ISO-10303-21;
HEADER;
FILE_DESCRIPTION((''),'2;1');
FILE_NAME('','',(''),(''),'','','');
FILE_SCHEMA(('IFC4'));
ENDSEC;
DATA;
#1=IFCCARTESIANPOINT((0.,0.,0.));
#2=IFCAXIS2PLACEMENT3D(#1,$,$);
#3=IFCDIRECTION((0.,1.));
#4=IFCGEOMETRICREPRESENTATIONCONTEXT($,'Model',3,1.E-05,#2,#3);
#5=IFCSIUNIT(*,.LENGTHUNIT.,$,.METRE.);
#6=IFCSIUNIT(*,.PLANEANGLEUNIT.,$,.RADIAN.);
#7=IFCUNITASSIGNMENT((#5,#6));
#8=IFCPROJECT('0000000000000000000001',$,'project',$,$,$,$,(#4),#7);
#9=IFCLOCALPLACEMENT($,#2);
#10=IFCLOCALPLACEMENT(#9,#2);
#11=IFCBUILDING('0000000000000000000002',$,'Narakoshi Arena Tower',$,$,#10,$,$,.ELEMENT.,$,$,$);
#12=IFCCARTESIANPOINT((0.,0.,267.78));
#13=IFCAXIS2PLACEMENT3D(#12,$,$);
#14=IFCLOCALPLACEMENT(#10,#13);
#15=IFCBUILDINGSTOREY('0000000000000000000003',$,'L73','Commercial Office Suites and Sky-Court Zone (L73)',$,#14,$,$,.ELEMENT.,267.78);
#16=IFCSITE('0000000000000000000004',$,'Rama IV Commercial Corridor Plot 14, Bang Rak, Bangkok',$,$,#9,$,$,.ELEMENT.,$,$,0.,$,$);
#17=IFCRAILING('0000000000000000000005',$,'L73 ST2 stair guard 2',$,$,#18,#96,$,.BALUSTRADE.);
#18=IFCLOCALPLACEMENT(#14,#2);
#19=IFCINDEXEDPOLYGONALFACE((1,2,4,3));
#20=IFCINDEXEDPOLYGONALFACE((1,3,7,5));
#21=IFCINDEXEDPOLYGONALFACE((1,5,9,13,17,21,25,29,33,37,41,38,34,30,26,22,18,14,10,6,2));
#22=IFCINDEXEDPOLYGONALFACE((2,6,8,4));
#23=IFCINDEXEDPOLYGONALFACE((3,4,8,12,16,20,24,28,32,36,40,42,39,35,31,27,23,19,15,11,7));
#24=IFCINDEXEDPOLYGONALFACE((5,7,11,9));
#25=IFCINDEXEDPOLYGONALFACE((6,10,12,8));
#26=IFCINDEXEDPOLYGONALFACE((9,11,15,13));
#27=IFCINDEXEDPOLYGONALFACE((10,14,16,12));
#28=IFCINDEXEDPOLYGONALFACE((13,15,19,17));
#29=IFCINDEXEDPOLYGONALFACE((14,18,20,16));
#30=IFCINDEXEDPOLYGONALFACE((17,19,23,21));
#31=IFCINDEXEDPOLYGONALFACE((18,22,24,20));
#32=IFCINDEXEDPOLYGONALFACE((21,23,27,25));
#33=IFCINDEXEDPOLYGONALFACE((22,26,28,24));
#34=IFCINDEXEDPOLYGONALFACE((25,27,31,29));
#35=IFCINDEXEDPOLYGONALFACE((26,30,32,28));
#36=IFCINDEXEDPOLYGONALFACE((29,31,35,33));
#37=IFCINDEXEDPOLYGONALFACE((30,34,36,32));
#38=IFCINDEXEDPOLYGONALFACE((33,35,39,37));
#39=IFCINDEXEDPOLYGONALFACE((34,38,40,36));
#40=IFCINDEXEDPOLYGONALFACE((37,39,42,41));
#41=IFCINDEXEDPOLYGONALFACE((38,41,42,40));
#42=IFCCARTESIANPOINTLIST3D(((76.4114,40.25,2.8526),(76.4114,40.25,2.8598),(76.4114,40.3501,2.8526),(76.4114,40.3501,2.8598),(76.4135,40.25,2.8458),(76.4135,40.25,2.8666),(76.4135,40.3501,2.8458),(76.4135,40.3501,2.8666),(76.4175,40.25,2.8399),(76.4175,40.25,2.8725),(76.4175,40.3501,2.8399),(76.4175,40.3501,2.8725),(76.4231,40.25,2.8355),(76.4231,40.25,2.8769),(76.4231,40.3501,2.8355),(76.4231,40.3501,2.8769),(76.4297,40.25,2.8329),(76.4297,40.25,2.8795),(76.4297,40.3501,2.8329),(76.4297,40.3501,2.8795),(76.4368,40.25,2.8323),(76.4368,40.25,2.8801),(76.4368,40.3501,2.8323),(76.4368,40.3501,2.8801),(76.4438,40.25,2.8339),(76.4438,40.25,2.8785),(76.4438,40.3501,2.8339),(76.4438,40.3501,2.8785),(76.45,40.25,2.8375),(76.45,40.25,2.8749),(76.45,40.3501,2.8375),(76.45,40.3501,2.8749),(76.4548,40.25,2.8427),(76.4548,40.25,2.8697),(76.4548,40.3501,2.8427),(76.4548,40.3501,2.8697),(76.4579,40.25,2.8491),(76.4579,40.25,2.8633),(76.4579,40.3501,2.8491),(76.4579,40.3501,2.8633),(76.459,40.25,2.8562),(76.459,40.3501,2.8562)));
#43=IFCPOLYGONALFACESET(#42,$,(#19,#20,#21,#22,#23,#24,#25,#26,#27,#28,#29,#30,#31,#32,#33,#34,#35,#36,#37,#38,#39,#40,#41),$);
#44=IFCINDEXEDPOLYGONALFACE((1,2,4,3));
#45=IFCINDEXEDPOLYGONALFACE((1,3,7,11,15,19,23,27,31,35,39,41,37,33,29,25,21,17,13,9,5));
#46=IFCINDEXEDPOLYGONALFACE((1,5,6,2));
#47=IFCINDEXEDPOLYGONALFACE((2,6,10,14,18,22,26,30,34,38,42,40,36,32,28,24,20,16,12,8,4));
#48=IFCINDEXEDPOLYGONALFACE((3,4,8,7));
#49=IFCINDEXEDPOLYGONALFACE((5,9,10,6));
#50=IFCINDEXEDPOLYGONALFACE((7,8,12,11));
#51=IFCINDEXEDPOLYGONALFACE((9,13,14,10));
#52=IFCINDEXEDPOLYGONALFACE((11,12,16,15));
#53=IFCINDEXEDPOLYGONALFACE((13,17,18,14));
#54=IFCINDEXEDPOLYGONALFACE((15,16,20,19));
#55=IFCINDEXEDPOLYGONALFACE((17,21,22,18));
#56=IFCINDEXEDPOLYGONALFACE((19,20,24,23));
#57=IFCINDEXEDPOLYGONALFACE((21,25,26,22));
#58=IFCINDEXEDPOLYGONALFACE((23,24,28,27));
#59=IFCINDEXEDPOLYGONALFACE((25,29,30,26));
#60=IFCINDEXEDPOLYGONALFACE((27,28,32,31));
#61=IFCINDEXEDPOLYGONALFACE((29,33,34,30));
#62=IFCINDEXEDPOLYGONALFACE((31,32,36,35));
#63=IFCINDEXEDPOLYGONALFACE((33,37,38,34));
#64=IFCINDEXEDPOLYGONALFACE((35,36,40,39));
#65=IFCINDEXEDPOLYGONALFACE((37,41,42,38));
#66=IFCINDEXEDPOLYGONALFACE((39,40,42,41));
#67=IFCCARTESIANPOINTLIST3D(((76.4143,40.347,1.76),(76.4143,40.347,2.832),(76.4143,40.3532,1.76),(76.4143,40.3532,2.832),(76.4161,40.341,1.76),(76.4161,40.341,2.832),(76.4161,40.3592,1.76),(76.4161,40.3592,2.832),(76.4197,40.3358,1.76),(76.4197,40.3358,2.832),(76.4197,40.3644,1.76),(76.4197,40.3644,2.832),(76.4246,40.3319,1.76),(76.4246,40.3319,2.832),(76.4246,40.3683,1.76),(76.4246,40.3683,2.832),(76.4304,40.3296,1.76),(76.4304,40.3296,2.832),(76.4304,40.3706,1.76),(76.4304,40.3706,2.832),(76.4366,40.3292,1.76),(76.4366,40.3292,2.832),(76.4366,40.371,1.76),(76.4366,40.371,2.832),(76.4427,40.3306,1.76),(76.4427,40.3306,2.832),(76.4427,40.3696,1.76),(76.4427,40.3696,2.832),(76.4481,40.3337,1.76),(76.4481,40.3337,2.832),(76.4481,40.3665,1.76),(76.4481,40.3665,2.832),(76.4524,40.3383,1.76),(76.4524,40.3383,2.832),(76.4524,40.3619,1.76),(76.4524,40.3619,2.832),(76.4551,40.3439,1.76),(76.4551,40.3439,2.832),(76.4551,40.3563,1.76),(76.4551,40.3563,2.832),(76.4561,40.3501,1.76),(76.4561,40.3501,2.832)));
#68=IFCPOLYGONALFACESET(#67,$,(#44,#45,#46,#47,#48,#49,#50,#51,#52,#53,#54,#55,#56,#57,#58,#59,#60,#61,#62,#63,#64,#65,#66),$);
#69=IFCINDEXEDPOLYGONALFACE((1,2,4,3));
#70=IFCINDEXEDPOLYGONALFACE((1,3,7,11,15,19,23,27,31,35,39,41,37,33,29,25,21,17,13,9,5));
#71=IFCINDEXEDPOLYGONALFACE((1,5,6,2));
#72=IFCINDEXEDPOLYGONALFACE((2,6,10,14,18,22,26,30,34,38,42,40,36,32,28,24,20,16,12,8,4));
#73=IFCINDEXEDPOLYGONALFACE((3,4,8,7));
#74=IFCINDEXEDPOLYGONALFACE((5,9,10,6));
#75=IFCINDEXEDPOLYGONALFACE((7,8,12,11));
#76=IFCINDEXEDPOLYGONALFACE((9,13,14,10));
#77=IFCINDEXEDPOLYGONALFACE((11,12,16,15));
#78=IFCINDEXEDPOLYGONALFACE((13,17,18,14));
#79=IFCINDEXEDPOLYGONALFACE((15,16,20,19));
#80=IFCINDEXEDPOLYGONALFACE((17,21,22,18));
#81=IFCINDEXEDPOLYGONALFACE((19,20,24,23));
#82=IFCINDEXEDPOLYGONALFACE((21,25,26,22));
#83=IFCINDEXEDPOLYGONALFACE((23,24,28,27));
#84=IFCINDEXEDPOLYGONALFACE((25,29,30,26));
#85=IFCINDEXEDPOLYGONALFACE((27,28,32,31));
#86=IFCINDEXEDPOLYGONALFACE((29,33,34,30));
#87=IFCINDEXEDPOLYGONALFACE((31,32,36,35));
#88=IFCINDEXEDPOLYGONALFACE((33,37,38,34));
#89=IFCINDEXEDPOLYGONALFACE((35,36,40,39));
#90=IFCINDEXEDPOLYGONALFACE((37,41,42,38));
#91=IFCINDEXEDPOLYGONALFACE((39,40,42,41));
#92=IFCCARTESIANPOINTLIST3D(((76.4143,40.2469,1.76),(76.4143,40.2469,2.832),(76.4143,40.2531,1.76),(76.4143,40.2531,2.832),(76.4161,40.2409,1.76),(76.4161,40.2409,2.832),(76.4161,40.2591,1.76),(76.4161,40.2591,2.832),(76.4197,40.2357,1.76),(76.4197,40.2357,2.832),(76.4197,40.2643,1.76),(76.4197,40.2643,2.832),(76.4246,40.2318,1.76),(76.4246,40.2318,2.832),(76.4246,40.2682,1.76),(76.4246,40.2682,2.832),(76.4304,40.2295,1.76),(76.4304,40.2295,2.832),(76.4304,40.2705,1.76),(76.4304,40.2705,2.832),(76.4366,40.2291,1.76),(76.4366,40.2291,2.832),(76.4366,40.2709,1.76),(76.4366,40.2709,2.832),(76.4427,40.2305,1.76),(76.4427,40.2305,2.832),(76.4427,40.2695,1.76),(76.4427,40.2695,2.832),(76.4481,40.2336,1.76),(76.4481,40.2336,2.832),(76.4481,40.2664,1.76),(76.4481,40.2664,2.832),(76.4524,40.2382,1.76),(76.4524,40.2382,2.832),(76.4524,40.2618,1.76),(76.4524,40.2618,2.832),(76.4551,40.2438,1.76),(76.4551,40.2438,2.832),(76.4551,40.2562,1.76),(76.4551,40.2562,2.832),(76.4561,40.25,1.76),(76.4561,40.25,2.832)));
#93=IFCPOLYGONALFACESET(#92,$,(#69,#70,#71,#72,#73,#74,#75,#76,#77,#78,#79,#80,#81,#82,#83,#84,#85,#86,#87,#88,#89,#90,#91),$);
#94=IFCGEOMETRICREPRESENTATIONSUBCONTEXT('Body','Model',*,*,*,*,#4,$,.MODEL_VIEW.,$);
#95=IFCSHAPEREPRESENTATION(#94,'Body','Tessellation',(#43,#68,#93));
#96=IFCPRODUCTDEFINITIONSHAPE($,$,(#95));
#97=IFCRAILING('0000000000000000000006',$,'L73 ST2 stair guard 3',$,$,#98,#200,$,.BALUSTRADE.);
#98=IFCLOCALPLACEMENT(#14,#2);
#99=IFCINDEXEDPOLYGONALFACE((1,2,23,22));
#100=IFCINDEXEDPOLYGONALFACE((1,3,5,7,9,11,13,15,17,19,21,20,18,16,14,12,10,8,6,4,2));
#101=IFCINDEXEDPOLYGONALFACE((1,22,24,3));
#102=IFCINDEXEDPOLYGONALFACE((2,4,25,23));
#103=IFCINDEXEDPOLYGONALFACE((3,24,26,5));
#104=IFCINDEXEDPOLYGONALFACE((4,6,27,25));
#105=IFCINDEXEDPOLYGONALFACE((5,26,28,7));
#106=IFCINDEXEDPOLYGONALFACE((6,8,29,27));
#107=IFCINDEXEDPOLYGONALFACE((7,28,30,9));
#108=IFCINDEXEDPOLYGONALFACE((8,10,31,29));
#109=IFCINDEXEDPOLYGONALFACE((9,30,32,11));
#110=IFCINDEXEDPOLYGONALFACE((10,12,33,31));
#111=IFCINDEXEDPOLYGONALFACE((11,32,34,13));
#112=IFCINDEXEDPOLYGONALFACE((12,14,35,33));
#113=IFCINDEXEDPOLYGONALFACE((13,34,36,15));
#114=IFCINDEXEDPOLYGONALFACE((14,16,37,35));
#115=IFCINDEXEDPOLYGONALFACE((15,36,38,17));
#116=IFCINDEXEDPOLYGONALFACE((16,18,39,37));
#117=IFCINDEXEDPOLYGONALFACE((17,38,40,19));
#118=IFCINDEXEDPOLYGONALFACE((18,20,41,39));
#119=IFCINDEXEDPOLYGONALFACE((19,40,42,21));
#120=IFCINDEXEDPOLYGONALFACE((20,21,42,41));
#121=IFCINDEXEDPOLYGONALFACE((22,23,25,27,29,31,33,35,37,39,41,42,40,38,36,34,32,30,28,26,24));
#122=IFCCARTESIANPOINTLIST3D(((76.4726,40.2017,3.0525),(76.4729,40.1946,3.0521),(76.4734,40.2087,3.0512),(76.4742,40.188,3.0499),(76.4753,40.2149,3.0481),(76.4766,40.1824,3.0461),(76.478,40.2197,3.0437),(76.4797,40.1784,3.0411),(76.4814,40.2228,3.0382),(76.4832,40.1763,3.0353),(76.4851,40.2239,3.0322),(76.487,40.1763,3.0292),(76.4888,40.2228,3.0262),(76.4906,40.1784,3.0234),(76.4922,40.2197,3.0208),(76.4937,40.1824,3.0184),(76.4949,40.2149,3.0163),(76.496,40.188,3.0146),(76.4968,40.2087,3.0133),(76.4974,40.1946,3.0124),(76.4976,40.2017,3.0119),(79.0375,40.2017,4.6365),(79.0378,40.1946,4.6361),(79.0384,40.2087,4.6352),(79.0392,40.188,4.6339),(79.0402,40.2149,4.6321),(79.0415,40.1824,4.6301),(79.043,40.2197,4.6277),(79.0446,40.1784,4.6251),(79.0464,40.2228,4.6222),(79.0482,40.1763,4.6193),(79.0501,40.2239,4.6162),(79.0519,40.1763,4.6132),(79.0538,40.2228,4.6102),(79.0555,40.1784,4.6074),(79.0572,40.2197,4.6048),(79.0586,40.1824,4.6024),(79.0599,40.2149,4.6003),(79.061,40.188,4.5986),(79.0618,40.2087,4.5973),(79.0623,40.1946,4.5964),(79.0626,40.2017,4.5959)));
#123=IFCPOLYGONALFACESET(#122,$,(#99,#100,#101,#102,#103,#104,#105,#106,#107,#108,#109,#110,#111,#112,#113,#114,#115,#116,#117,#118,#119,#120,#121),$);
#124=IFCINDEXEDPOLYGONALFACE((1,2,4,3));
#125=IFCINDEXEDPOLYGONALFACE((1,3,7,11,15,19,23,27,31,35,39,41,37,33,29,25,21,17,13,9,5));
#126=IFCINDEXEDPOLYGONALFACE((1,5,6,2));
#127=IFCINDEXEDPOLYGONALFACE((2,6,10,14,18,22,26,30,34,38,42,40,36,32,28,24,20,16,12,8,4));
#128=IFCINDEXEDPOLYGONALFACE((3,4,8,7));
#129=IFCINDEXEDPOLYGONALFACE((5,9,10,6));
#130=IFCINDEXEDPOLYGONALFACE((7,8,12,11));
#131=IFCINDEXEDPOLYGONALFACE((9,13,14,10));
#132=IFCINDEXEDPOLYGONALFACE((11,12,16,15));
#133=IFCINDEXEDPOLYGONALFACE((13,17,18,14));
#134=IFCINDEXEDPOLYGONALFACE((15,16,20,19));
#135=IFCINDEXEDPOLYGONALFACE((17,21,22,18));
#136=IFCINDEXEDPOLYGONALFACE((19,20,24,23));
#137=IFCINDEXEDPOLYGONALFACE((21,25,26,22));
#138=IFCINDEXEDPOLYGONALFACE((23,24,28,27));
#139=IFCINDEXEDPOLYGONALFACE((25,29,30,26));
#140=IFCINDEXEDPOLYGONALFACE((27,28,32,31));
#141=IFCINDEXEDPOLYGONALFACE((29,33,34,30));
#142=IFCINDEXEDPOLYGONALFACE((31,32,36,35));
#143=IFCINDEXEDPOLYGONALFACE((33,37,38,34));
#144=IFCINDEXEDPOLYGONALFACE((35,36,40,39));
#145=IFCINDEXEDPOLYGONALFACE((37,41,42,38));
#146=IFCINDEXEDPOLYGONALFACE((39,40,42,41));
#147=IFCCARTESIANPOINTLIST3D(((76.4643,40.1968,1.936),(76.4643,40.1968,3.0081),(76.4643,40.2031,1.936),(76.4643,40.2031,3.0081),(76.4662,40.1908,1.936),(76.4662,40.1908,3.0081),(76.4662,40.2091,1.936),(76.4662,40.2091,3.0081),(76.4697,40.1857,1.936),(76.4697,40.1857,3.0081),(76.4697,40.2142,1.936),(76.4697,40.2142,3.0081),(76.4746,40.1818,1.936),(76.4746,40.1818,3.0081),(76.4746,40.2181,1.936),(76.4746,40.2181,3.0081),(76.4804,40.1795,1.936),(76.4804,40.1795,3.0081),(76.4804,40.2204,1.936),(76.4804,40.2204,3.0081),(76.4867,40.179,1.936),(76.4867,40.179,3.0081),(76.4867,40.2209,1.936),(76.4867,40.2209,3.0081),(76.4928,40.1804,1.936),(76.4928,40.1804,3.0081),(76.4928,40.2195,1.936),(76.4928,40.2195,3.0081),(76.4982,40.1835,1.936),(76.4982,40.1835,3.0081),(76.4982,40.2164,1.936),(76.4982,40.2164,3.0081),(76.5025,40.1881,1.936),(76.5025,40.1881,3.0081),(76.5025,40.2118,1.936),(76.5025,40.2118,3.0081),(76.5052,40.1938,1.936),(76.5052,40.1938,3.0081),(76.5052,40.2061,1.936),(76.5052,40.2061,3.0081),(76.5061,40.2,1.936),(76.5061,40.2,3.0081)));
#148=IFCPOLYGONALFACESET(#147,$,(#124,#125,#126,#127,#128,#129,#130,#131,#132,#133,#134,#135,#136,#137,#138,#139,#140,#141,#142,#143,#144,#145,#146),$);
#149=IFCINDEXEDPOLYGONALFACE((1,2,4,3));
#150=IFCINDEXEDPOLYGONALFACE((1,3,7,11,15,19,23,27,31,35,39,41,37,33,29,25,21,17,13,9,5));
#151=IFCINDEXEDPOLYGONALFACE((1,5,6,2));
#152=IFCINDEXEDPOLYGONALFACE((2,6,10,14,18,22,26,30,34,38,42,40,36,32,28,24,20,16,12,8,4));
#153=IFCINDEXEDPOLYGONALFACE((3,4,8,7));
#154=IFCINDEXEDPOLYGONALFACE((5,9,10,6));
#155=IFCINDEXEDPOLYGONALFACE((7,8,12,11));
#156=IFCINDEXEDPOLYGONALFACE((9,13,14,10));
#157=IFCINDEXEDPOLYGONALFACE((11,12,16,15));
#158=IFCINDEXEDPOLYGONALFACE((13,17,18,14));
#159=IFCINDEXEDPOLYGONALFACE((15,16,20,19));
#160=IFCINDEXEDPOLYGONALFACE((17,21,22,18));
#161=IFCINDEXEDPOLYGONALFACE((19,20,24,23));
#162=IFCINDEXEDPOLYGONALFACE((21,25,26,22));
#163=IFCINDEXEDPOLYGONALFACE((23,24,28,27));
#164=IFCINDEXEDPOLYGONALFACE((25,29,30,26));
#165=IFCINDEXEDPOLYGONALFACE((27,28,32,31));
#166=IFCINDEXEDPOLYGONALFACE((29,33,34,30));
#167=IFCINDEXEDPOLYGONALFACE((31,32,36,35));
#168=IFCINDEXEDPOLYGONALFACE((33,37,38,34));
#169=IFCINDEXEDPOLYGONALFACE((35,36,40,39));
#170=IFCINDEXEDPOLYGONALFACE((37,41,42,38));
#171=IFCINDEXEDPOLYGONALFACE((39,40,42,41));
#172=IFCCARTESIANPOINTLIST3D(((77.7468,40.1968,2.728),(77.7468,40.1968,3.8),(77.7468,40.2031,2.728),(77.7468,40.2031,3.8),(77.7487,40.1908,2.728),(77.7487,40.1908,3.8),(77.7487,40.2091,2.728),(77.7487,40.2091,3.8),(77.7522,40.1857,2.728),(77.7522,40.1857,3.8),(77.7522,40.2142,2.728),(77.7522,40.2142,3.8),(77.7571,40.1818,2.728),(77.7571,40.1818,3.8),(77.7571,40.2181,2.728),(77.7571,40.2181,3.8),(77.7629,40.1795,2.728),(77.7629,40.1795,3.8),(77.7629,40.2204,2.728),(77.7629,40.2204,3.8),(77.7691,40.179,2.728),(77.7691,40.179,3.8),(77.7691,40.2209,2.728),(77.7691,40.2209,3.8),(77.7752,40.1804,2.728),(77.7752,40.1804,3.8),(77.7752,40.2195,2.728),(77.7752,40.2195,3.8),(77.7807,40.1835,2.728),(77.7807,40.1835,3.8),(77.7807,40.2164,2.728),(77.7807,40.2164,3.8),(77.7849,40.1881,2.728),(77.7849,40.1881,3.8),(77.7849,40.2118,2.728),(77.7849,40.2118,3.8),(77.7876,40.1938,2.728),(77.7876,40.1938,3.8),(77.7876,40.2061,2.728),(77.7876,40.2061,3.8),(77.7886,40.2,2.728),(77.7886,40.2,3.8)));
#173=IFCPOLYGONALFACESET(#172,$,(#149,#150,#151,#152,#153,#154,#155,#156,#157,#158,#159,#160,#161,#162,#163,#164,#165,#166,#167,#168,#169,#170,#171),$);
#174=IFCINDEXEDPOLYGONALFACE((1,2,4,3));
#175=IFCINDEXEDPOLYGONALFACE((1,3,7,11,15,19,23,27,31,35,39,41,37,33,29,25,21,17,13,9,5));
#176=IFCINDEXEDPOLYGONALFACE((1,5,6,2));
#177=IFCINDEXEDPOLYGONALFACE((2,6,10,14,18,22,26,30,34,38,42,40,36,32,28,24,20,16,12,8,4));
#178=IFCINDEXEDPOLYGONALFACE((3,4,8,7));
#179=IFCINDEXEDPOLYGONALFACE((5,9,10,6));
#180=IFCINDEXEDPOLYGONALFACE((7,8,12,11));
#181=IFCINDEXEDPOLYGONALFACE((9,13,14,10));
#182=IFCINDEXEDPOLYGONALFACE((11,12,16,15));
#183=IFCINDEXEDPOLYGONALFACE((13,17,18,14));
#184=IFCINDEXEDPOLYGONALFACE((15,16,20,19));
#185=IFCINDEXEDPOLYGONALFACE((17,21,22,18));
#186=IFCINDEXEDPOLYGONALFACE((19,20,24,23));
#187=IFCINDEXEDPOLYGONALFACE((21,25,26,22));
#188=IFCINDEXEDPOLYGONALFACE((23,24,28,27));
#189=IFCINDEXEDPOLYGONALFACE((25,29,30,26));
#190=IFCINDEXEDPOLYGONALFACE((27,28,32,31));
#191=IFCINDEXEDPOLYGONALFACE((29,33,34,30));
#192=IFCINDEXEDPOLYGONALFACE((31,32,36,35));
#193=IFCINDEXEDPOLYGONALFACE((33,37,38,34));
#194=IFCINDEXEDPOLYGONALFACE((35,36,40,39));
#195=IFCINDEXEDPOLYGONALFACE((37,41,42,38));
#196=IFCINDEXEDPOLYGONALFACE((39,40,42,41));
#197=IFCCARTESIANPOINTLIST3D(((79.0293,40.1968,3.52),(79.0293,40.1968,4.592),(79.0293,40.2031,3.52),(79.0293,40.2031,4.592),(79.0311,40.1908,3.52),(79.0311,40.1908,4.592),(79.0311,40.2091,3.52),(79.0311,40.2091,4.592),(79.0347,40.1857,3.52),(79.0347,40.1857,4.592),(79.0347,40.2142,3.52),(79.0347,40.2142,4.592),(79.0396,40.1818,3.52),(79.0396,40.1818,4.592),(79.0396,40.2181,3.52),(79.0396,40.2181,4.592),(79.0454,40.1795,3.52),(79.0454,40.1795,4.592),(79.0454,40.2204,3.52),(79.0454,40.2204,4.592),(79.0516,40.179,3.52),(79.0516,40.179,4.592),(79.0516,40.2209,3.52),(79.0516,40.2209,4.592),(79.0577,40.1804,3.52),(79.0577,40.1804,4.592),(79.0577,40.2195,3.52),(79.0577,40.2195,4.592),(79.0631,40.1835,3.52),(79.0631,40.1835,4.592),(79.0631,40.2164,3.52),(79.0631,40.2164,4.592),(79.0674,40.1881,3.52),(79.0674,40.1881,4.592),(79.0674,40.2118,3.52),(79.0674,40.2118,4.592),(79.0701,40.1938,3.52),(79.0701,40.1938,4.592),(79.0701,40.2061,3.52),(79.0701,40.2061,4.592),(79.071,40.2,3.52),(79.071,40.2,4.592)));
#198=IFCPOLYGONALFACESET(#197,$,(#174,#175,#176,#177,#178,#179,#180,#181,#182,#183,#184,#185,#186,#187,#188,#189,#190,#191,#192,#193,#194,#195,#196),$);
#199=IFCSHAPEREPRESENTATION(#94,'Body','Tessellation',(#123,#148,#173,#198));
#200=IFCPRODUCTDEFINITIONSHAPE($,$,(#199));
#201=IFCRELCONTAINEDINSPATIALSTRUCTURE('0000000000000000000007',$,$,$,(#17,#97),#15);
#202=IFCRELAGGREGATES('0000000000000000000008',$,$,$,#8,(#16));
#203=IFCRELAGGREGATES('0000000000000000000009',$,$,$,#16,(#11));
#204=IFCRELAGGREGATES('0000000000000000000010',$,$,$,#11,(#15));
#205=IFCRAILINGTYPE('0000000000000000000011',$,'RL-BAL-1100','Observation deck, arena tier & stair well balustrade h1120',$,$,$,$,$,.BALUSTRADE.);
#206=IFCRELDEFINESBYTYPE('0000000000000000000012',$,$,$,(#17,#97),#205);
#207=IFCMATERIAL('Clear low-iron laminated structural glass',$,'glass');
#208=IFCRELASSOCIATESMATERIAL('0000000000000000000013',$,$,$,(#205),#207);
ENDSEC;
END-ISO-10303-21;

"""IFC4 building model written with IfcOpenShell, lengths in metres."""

from ifc_helpers import new_model, si_unit, direction, frame, origin, origin_2d, place, context, subcontext, project, spatial, circle, extrude, material, type_object, element, save


model = new_model("IFC4")

# Units and contexts
model_context = context("Model", 3, precision=1e-05, world=origin(), true_north=direction((0.0, 1.0)))
body_context = subcontext(model_context, "Body", "Model", "MODEL_VIEW")
ifc_project = project(units=[si_unit("LENGTHUNIT", "METRE"), si_unit("PLANEANGLEUNIT", "RADIAN")], contexts=[model_context])

# Site, building, storey
site_placement = place(None, origin())
site = spatial("IfcSite", under=ifc_project, at=site_placement, Name="Rama IV Commercial Corridor Plot 14, Bang Rak, Bangkok", CompositionType="ELEMENT", RefElevation=0.0)
building_placement = place(site_placement, origin())
building = spatial("IfcBuilding", under=site, at=building_placement, Name="Narakoshi Arena Tower", CompositionType="ELEMENT")
storey_placement = place(building_placement, frame((0.0, 0.0, 267.78)))
storey = spatial("IfcBuildingStorey", under=building, at=storey_placement, Name="L73", Description="Commercial Office Suites and Sky-Court Zone (L73)", CompositionType="ELEMENT", Elevation=267.78)

# Railings
ifc_material_1 = material(Name="Clear low-iron laminated structural glass", Category="glass")
railing_type_1 = type_object("IfcRailingType", Name="RL-BAL-1100", Description="Observation deck, arena tier & stair well balustrade h1120", PredefinedType="BALUSTRADE", material=ifc_material_1)
railing_1_placement = place(storey_placement, frame((76.4351, 40.3501, 1.76)))
element("IfcRailing", 1, at=railing_1_placement, inside=storey, type_object=railing_type_1, Name="L73 ST2 stair guard 2", PredefinedType="BALUSTRADE", context=body_context, shape_type="SweptSolid", body=[
    extrude(circle(Radius=0.0239, at=origin_2d()), frame((0.0, 0.0, 1.0962), z_axis=(0.0, -1.0, 0.0), x_axis=(1.0, 0.0, 0.0)), (0.0, 0.0, 1.0), 0.1001),
    extrude(circle(Radius=0.021, at=origin_2d()), origin(), (0.0, 0.0, 1.0), 1.072),
    extrude(circle(Radius=0.021, at=origin_2d()), frame((0.0, -0.1001, 0.0)), (0.0, 0.0, 1.0), 1.072),
])
railing_2_placement = place(storey_placement, frame((76.4851, 40.2, 1.936)))
element("IfcRailing", 2, at=railing_2_placement, inside=storey, type_object=railing_type_1, Name="L73 ST2 stair guard 3", PredefinedType="BALUSTRADE", context=body_context, shape_type="SweptSolid", body=[
    extrude(circle(Radius=0.0239, at=origin_2d()), frame((0.0, 0.0, 1.0962), z_axis=(0.850834, 0.0, 0.525434), x_axis=(0.0, 1.0, 0.0)), (0.0, 0.0, 1.0), 3.0146),
    extrude(circle(Radius=0.021, at=origin_2d()), origin(), (0.0, 0.0, 1.0), 1.072),
    extrude(circle(Radius=0.021, at=origin_2d()), frame((1.2825, 0.0, 0.792)), (0.0, 0.0, 1.0), 1.072),
    extrude(circle(Radius=0.021, at=origin_2d()), frame((2.5649, 0.0, 1.584)), (0.0, 0.0, 1.0), 1.072),
])

save(model, "model.ifc")
